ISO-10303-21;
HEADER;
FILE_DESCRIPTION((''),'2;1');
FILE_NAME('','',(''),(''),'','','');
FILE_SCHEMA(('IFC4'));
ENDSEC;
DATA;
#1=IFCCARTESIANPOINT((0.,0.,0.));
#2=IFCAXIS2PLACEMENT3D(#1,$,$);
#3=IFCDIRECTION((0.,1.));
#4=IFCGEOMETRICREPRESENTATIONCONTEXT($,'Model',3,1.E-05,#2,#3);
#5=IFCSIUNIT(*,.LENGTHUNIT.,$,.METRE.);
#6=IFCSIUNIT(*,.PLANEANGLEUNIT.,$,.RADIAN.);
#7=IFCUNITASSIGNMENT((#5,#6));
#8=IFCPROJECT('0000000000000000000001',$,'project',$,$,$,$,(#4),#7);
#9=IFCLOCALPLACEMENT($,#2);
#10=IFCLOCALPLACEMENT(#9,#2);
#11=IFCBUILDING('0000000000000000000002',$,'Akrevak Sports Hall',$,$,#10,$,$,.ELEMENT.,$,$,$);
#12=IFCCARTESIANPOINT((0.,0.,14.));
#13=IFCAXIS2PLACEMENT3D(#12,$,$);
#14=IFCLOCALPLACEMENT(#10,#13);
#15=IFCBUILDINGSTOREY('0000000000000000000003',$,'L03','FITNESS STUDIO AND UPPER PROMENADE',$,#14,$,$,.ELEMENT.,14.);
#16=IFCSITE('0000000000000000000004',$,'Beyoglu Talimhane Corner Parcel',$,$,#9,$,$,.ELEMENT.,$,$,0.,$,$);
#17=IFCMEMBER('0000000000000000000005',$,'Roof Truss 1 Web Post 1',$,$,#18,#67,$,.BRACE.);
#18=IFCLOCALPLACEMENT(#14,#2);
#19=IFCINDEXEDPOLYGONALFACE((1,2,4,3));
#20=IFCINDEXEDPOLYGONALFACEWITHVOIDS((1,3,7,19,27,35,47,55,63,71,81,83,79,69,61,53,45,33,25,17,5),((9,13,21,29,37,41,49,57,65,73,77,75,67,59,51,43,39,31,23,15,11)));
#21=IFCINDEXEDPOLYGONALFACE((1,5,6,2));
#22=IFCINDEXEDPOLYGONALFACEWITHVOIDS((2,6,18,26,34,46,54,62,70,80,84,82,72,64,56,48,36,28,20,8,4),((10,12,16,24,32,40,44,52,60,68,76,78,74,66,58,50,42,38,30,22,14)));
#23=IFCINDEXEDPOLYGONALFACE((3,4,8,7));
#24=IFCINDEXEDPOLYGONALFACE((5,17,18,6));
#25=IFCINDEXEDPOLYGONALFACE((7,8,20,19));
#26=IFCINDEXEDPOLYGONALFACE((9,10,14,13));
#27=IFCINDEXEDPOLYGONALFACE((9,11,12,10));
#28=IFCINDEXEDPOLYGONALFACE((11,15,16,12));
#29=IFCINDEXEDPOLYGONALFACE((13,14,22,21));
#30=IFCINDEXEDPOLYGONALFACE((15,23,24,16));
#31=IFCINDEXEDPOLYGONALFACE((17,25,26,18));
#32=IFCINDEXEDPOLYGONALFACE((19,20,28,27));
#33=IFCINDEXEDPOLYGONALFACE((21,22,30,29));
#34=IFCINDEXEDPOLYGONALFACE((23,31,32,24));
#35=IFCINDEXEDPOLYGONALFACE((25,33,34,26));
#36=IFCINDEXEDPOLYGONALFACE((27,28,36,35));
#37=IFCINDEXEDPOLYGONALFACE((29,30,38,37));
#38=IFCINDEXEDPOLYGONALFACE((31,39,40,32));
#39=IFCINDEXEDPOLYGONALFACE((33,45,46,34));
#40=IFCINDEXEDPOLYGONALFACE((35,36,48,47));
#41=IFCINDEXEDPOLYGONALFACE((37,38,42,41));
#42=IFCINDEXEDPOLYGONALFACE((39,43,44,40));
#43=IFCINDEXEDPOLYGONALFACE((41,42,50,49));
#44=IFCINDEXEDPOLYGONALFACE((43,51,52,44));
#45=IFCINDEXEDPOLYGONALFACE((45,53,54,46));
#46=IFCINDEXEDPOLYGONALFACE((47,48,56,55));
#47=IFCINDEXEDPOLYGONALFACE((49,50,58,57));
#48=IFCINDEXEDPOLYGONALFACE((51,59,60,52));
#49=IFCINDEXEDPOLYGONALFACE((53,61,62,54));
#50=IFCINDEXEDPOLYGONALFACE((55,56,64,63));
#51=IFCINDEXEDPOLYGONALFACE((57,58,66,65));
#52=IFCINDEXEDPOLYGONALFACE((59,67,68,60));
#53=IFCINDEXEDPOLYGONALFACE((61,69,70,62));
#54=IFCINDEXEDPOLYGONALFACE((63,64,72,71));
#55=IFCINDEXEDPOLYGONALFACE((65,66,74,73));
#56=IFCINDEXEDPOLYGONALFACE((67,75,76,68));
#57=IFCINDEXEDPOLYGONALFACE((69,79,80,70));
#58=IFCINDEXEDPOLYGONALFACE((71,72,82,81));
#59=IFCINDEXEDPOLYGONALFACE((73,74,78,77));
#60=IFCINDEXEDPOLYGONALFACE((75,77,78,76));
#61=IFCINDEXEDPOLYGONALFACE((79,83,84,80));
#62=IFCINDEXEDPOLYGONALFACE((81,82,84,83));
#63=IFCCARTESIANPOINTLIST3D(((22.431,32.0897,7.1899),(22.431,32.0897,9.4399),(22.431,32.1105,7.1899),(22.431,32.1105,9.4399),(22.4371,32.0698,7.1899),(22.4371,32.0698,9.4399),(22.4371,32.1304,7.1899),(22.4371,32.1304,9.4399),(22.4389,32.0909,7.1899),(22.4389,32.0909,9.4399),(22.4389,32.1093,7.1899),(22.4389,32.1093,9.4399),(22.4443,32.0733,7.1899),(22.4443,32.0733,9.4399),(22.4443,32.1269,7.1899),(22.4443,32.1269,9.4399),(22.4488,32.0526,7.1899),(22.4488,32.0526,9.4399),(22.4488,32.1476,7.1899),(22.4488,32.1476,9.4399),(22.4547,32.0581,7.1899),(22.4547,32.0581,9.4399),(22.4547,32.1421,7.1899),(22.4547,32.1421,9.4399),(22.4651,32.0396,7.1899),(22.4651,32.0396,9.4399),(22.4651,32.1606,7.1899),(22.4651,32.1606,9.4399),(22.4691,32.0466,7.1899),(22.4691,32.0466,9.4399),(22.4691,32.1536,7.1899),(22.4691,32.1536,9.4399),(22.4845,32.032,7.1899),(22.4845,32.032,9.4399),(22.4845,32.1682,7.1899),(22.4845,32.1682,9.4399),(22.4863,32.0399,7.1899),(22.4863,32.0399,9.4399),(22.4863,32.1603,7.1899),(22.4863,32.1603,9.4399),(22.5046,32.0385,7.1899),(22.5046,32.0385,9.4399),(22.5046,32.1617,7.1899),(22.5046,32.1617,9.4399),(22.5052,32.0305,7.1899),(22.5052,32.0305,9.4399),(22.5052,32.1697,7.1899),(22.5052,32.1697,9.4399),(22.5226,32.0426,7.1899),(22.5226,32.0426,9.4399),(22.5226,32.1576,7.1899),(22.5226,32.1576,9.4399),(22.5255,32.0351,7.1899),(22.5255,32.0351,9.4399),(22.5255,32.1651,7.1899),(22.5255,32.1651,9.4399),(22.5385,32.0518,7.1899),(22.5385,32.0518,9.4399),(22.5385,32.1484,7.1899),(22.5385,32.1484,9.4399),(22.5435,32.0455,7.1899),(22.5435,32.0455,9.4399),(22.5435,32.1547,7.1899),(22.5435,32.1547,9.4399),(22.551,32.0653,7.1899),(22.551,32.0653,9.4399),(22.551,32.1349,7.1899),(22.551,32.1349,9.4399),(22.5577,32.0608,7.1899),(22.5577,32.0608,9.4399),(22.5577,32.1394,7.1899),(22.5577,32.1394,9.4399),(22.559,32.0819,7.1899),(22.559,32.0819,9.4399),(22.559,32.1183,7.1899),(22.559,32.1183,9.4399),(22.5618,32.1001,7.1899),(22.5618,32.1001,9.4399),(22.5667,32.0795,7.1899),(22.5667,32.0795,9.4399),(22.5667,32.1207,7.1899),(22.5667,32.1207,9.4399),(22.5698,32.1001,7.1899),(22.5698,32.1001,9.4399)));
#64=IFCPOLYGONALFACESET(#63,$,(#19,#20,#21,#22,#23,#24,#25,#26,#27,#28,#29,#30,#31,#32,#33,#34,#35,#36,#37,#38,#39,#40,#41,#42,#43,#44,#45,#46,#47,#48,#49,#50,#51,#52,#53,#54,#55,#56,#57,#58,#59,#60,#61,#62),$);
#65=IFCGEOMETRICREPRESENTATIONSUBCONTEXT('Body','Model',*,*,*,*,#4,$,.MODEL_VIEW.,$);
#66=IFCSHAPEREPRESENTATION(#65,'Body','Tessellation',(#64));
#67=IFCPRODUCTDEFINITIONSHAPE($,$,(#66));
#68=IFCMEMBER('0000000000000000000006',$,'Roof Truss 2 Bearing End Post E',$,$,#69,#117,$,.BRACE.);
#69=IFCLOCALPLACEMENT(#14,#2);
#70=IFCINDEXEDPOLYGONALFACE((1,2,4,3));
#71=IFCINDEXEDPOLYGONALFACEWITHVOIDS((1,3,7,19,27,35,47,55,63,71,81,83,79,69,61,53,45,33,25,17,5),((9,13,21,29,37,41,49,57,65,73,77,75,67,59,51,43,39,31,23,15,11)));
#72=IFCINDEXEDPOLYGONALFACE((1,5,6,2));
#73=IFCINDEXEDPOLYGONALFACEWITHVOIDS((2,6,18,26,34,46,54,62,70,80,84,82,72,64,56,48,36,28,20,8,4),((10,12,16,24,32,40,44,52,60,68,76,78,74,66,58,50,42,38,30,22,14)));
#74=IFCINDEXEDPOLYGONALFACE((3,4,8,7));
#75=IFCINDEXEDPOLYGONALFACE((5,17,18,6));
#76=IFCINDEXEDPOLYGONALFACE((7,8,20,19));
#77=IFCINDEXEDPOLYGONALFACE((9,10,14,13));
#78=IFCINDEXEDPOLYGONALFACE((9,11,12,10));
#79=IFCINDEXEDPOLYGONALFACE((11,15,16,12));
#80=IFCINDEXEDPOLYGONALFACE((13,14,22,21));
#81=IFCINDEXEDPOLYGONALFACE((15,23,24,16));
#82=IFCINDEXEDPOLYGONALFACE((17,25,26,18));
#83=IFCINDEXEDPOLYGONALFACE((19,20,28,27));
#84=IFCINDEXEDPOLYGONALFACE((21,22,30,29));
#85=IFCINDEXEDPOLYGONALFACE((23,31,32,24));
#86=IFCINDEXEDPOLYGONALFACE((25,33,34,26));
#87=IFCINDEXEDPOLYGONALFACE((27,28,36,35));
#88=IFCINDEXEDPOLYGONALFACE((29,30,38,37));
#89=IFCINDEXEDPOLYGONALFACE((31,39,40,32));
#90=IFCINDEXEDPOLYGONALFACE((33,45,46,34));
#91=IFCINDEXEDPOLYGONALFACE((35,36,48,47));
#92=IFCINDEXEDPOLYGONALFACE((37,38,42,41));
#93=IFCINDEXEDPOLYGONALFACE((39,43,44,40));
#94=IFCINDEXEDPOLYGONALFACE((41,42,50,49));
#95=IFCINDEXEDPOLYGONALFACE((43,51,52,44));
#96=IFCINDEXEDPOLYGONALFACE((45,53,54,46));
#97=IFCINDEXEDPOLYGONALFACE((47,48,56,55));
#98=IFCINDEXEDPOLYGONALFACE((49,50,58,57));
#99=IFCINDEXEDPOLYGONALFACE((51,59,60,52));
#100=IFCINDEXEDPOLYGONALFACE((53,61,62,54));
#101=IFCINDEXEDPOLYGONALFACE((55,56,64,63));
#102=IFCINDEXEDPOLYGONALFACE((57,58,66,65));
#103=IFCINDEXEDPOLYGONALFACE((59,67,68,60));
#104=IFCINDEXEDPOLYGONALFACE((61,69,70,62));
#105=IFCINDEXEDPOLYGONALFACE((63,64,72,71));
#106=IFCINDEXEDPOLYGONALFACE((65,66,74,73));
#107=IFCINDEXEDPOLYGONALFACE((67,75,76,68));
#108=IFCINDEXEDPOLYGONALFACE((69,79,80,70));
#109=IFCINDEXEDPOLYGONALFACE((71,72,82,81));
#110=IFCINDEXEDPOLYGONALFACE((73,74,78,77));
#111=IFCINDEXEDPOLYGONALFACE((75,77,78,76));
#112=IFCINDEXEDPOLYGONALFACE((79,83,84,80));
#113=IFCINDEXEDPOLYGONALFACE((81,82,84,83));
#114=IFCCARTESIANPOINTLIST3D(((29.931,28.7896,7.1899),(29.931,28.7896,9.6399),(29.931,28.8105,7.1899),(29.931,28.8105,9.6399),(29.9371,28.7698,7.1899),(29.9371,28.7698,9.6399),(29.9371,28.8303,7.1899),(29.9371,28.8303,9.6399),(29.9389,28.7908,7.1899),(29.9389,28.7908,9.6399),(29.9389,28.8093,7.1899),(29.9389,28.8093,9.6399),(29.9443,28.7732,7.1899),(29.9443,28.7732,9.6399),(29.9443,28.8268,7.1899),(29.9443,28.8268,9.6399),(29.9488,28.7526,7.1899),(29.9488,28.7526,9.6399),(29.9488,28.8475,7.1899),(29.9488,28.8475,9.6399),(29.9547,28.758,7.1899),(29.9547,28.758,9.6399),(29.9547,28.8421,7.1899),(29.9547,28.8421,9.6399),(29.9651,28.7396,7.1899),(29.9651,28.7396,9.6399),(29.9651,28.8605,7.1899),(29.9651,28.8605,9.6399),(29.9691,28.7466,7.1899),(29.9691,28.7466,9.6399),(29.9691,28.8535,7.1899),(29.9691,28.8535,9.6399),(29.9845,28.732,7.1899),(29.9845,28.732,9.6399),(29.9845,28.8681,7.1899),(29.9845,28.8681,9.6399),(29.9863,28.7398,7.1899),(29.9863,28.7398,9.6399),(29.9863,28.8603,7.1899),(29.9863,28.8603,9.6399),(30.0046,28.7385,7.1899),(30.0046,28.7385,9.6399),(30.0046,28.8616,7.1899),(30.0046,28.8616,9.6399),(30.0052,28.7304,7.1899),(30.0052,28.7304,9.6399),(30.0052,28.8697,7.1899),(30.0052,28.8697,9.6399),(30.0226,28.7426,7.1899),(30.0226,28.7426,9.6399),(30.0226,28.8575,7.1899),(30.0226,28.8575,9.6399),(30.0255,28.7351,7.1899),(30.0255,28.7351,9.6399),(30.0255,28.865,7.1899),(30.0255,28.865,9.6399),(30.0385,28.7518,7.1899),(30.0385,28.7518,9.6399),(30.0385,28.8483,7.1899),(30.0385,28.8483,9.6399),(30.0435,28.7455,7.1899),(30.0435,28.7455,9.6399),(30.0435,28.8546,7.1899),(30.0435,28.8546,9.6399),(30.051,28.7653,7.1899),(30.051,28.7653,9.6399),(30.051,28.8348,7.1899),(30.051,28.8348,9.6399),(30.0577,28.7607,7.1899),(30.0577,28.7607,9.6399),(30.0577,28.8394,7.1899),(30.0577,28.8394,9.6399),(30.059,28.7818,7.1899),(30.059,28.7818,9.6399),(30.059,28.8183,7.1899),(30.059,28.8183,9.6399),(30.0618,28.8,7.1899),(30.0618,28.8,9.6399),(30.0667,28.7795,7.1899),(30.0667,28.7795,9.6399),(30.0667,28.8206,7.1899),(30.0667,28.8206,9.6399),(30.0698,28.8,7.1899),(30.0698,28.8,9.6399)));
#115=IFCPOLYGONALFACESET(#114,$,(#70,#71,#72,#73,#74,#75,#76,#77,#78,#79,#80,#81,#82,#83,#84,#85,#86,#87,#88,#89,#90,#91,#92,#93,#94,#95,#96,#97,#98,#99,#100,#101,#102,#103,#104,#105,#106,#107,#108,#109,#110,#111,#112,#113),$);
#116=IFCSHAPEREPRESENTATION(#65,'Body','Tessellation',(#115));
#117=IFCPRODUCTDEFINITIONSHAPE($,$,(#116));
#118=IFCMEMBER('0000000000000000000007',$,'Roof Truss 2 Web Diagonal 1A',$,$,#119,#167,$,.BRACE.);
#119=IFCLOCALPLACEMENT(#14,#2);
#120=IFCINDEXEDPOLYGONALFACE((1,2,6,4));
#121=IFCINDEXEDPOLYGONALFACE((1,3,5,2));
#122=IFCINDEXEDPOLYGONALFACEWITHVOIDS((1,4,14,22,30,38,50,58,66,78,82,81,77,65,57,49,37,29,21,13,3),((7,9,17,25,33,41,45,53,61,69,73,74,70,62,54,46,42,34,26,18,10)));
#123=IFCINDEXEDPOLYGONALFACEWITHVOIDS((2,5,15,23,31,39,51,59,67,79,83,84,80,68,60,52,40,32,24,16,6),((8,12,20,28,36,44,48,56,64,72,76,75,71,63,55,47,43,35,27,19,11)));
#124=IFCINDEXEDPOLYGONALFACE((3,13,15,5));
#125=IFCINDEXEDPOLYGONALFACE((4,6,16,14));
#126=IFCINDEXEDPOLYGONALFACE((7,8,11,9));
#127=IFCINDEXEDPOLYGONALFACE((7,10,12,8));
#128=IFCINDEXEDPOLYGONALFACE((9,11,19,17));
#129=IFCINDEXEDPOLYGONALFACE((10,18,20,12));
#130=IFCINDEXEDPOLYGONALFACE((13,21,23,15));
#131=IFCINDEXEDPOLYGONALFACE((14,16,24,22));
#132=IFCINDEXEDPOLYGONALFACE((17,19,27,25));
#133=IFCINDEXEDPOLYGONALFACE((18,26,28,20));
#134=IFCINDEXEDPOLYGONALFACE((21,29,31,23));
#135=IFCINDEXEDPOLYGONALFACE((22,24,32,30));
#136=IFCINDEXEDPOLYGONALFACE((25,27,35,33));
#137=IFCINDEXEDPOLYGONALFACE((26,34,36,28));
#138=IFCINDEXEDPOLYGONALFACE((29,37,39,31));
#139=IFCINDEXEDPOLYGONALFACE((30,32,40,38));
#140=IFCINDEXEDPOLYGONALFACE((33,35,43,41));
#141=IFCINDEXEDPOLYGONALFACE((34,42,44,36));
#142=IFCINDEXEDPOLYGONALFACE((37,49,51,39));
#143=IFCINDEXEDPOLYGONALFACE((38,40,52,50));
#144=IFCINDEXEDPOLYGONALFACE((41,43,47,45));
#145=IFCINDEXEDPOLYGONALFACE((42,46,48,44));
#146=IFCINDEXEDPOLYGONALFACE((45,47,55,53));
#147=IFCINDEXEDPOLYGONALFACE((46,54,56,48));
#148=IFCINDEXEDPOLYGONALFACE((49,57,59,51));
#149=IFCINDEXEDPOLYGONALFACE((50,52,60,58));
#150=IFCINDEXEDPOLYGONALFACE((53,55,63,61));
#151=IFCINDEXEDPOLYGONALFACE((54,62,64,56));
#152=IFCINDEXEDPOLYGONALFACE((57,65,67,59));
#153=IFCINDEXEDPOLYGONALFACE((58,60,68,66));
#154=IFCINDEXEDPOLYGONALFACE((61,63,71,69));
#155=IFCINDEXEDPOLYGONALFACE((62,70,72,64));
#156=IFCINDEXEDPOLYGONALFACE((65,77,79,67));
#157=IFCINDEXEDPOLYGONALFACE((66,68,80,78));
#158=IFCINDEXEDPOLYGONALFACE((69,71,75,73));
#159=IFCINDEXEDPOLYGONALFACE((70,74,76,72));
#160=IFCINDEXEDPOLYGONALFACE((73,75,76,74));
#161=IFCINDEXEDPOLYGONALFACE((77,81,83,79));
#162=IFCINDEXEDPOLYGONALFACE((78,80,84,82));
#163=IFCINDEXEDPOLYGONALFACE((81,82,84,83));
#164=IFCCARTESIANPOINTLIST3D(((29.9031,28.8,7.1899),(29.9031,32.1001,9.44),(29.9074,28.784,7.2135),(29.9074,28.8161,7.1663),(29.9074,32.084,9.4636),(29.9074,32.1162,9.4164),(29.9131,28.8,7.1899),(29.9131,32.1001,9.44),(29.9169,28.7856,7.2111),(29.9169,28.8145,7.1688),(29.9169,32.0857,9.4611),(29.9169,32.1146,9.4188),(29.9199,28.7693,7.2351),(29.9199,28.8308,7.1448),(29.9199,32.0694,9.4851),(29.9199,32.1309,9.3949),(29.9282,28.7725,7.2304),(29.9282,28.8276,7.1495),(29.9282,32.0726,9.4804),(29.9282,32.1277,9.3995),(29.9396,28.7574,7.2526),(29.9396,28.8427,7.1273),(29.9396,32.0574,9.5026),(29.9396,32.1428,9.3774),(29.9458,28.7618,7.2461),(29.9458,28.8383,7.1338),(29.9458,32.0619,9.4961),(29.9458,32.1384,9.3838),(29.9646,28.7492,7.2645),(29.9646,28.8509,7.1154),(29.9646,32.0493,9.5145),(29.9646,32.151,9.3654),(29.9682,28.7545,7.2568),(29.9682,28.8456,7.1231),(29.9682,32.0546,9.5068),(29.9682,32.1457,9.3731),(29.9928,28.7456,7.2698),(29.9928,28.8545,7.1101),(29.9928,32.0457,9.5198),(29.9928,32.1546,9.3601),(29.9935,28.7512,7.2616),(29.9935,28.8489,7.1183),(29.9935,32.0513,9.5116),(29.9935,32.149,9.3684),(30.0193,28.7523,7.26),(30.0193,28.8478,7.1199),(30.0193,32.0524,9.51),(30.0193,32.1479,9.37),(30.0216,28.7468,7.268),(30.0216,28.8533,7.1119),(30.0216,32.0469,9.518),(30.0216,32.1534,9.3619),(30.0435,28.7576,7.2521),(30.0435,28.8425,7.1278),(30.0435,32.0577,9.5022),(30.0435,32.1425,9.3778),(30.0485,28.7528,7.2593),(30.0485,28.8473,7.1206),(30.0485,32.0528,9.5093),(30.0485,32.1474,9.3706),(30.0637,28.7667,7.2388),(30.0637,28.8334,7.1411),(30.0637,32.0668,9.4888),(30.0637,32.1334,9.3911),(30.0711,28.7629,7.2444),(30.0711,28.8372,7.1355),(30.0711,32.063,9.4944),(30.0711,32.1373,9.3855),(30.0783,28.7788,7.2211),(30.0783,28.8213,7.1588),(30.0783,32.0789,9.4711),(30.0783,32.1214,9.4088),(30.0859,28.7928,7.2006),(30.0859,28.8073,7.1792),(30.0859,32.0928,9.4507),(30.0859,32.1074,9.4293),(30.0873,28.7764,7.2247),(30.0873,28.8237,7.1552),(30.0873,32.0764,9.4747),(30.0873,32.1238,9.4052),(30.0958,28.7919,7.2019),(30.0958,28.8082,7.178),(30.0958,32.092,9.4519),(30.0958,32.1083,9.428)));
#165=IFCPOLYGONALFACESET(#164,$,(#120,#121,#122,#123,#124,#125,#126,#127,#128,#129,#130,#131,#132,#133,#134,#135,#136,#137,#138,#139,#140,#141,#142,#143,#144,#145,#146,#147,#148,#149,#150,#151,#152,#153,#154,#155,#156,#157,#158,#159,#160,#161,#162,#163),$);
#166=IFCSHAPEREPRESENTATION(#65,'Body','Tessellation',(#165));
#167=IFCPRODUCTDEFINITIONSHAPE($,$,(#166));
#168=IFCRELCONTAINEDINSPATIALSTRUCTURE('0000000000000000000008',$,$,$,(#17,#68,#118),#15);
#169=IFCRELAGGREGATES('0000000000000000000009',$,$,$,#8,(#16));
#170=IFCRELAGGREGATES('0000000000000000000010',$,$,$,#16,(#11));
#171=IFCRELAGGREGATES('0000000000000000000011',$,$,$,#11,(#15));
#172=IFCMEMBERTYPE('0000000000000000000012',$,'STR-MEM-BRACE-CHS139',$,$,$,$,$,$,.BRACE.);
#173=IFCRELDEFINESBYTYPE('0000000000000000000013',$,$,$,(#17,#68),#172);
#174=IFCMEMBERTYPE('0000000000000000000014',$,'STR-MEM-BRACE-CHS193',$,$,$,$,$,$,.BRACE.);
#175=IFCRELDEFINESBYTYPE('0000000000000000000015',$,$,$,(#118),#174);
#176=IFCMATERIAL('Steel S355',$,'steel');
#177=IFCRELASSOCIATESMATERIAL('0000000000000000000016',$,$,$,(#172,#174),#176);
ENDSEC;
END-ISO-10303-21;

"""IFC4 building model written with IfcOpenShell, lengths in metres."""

from ifc_helpers import new_model, si_unit, direction, frame, origin, origin_2d, place, context, subcontext, project, spatial, hollow_circle, extrude, material, material_profile, profile_set, type_object, element, save


model = new_model("IFC4")

# Units and contexts
model_context = context("Model", 3, precision=1e-05, world=origin(), true_north=direction((0.0, 1.0)))
body_context = subcontext(model_context, "Body", "Model", "MODEL_VIEW")
ifc_project = project(units=[si_unit("LENGTHUNIT", "METRE"), si_unit("PLANEANGLEUNIT", "RADIAN")], contexts=[model_context])

# Site, building, storey
site_placement = place(None, origin())
site = spatial("IfcSite", under=ifc_project, at=site_placement, Name="Beyoglu Talimhane Corner Parcel", CompositionType="ELEMENT", RefElevation=0.0)
building_placement = place(site_placement, origin())
building = spatial("IfcBuilding", under=site, at=building_placement, Name="Akrevak Sports Hall", CompositionType="ELEMENT")
storey_placement = place(building_placement, frame((0.0, 0.0, 14.0)))
storey = spatial("IfcBuildingStorey", under=building, at=storey_placement, Name="L03", Description="FITNESS STUDIO AND UPPER PROMENADE", CompositionType="ELEMENT", Elevation=14.0)

# Shared definitions
ifc_material_1 = material(Name="Steel S355", Category="steel")

# Members
ifc_material_profile_1 = material_profile(ifc_material_1, hollow_circle(Radius=0.0698, WallThickness=0.0081, at=origin_2d()), Name="CHS 139.7x8", Category="steel")
ifc_profile_set_1 = profile_set([ifc_material_profile_1], Name="Steel S355")
member_type_1 = type_object("IfcMemberType", Name="STR-MEM-BRACE-CHS139", PredefinedType="BRACE", material=ifc_profile_set_1)
member_1_placement = place(storey_placement, frame((22.5, 32.1001, 7.1899), z_axis=(0.0, 0.0, 1.0), x_axis=(1.0, 0.0, 0.0)))
element("IfcMember", 1, at=member_1_placement, inside=storey, type_object=member_type_1, Name="Roof Truss 1 Web Post 1", PredefinedType="BRACE", context=body_context, shape_type="SweptSolid", body=[
    extrude(hollow_circle(Radius=0.0698, WallThickness=0.0081, at=origin_2d()), origin(), (0.0, 0.0, 1.0), 2.25),
])
member_2_placement = place(storey_placement, frame((30.0, 28.8, 7.1899), z_axis=(0.0, 0.0, 1.0), x_axis=(1.0, 0.0, 0.0)))
element("IfcMember", 2, at=member_2_placement, inside=storey, type_object=member_type_1, Name="Roof Truss 2 Bearing End Post E", PredefinedType="BRACE", context=body_context, shape_type="SweptSolid", body=[
    extrude(hollow_circle(Radius=0.0698, WallThickness=0.0081, at=origin_2d()), origin(), (0.0, 0.0, 1.0), 2.45),
])
ifc_material_profile_2 = material_profile(ifc_material_1, hollow_circle(Radius=0.0969, WallThickness=0.01, at=origin_2d()), Name="CHS 193.7x10", Category="steel")
ifc_profile_set_2 = profile_set([ifc_material_profile_2], Name="Steel S355")
member_type_2 = type_object("IfcMemberType", Name="STR-MEM-BRACE-CHS193", PredefinedType="BRACE", material=ifc_profile_set_2)
member_3_placement = place(storey_placement, frame((30.0, 28.8, 7.1899), z_axis=(0.0, 0.826231, 0.563331), x_axis=(-1.0, 0.0, 0.0)))
element("IfcMember", 3, at=member_3_placement, inside=storey, type_object=member_type_2, Name="Roof Truss 2 Web Diagonal 1A", PredefinedType="BRACE", context=body_context, shape_type="SweptSolid", body=[
    extrude(hollow_circle(Radius=0.0969, WallThickness=0.01, at=origin_2d()), origin(), (0.0, 0.0, 1.0), 3.9941),
])

save(model, "model.ifc")
